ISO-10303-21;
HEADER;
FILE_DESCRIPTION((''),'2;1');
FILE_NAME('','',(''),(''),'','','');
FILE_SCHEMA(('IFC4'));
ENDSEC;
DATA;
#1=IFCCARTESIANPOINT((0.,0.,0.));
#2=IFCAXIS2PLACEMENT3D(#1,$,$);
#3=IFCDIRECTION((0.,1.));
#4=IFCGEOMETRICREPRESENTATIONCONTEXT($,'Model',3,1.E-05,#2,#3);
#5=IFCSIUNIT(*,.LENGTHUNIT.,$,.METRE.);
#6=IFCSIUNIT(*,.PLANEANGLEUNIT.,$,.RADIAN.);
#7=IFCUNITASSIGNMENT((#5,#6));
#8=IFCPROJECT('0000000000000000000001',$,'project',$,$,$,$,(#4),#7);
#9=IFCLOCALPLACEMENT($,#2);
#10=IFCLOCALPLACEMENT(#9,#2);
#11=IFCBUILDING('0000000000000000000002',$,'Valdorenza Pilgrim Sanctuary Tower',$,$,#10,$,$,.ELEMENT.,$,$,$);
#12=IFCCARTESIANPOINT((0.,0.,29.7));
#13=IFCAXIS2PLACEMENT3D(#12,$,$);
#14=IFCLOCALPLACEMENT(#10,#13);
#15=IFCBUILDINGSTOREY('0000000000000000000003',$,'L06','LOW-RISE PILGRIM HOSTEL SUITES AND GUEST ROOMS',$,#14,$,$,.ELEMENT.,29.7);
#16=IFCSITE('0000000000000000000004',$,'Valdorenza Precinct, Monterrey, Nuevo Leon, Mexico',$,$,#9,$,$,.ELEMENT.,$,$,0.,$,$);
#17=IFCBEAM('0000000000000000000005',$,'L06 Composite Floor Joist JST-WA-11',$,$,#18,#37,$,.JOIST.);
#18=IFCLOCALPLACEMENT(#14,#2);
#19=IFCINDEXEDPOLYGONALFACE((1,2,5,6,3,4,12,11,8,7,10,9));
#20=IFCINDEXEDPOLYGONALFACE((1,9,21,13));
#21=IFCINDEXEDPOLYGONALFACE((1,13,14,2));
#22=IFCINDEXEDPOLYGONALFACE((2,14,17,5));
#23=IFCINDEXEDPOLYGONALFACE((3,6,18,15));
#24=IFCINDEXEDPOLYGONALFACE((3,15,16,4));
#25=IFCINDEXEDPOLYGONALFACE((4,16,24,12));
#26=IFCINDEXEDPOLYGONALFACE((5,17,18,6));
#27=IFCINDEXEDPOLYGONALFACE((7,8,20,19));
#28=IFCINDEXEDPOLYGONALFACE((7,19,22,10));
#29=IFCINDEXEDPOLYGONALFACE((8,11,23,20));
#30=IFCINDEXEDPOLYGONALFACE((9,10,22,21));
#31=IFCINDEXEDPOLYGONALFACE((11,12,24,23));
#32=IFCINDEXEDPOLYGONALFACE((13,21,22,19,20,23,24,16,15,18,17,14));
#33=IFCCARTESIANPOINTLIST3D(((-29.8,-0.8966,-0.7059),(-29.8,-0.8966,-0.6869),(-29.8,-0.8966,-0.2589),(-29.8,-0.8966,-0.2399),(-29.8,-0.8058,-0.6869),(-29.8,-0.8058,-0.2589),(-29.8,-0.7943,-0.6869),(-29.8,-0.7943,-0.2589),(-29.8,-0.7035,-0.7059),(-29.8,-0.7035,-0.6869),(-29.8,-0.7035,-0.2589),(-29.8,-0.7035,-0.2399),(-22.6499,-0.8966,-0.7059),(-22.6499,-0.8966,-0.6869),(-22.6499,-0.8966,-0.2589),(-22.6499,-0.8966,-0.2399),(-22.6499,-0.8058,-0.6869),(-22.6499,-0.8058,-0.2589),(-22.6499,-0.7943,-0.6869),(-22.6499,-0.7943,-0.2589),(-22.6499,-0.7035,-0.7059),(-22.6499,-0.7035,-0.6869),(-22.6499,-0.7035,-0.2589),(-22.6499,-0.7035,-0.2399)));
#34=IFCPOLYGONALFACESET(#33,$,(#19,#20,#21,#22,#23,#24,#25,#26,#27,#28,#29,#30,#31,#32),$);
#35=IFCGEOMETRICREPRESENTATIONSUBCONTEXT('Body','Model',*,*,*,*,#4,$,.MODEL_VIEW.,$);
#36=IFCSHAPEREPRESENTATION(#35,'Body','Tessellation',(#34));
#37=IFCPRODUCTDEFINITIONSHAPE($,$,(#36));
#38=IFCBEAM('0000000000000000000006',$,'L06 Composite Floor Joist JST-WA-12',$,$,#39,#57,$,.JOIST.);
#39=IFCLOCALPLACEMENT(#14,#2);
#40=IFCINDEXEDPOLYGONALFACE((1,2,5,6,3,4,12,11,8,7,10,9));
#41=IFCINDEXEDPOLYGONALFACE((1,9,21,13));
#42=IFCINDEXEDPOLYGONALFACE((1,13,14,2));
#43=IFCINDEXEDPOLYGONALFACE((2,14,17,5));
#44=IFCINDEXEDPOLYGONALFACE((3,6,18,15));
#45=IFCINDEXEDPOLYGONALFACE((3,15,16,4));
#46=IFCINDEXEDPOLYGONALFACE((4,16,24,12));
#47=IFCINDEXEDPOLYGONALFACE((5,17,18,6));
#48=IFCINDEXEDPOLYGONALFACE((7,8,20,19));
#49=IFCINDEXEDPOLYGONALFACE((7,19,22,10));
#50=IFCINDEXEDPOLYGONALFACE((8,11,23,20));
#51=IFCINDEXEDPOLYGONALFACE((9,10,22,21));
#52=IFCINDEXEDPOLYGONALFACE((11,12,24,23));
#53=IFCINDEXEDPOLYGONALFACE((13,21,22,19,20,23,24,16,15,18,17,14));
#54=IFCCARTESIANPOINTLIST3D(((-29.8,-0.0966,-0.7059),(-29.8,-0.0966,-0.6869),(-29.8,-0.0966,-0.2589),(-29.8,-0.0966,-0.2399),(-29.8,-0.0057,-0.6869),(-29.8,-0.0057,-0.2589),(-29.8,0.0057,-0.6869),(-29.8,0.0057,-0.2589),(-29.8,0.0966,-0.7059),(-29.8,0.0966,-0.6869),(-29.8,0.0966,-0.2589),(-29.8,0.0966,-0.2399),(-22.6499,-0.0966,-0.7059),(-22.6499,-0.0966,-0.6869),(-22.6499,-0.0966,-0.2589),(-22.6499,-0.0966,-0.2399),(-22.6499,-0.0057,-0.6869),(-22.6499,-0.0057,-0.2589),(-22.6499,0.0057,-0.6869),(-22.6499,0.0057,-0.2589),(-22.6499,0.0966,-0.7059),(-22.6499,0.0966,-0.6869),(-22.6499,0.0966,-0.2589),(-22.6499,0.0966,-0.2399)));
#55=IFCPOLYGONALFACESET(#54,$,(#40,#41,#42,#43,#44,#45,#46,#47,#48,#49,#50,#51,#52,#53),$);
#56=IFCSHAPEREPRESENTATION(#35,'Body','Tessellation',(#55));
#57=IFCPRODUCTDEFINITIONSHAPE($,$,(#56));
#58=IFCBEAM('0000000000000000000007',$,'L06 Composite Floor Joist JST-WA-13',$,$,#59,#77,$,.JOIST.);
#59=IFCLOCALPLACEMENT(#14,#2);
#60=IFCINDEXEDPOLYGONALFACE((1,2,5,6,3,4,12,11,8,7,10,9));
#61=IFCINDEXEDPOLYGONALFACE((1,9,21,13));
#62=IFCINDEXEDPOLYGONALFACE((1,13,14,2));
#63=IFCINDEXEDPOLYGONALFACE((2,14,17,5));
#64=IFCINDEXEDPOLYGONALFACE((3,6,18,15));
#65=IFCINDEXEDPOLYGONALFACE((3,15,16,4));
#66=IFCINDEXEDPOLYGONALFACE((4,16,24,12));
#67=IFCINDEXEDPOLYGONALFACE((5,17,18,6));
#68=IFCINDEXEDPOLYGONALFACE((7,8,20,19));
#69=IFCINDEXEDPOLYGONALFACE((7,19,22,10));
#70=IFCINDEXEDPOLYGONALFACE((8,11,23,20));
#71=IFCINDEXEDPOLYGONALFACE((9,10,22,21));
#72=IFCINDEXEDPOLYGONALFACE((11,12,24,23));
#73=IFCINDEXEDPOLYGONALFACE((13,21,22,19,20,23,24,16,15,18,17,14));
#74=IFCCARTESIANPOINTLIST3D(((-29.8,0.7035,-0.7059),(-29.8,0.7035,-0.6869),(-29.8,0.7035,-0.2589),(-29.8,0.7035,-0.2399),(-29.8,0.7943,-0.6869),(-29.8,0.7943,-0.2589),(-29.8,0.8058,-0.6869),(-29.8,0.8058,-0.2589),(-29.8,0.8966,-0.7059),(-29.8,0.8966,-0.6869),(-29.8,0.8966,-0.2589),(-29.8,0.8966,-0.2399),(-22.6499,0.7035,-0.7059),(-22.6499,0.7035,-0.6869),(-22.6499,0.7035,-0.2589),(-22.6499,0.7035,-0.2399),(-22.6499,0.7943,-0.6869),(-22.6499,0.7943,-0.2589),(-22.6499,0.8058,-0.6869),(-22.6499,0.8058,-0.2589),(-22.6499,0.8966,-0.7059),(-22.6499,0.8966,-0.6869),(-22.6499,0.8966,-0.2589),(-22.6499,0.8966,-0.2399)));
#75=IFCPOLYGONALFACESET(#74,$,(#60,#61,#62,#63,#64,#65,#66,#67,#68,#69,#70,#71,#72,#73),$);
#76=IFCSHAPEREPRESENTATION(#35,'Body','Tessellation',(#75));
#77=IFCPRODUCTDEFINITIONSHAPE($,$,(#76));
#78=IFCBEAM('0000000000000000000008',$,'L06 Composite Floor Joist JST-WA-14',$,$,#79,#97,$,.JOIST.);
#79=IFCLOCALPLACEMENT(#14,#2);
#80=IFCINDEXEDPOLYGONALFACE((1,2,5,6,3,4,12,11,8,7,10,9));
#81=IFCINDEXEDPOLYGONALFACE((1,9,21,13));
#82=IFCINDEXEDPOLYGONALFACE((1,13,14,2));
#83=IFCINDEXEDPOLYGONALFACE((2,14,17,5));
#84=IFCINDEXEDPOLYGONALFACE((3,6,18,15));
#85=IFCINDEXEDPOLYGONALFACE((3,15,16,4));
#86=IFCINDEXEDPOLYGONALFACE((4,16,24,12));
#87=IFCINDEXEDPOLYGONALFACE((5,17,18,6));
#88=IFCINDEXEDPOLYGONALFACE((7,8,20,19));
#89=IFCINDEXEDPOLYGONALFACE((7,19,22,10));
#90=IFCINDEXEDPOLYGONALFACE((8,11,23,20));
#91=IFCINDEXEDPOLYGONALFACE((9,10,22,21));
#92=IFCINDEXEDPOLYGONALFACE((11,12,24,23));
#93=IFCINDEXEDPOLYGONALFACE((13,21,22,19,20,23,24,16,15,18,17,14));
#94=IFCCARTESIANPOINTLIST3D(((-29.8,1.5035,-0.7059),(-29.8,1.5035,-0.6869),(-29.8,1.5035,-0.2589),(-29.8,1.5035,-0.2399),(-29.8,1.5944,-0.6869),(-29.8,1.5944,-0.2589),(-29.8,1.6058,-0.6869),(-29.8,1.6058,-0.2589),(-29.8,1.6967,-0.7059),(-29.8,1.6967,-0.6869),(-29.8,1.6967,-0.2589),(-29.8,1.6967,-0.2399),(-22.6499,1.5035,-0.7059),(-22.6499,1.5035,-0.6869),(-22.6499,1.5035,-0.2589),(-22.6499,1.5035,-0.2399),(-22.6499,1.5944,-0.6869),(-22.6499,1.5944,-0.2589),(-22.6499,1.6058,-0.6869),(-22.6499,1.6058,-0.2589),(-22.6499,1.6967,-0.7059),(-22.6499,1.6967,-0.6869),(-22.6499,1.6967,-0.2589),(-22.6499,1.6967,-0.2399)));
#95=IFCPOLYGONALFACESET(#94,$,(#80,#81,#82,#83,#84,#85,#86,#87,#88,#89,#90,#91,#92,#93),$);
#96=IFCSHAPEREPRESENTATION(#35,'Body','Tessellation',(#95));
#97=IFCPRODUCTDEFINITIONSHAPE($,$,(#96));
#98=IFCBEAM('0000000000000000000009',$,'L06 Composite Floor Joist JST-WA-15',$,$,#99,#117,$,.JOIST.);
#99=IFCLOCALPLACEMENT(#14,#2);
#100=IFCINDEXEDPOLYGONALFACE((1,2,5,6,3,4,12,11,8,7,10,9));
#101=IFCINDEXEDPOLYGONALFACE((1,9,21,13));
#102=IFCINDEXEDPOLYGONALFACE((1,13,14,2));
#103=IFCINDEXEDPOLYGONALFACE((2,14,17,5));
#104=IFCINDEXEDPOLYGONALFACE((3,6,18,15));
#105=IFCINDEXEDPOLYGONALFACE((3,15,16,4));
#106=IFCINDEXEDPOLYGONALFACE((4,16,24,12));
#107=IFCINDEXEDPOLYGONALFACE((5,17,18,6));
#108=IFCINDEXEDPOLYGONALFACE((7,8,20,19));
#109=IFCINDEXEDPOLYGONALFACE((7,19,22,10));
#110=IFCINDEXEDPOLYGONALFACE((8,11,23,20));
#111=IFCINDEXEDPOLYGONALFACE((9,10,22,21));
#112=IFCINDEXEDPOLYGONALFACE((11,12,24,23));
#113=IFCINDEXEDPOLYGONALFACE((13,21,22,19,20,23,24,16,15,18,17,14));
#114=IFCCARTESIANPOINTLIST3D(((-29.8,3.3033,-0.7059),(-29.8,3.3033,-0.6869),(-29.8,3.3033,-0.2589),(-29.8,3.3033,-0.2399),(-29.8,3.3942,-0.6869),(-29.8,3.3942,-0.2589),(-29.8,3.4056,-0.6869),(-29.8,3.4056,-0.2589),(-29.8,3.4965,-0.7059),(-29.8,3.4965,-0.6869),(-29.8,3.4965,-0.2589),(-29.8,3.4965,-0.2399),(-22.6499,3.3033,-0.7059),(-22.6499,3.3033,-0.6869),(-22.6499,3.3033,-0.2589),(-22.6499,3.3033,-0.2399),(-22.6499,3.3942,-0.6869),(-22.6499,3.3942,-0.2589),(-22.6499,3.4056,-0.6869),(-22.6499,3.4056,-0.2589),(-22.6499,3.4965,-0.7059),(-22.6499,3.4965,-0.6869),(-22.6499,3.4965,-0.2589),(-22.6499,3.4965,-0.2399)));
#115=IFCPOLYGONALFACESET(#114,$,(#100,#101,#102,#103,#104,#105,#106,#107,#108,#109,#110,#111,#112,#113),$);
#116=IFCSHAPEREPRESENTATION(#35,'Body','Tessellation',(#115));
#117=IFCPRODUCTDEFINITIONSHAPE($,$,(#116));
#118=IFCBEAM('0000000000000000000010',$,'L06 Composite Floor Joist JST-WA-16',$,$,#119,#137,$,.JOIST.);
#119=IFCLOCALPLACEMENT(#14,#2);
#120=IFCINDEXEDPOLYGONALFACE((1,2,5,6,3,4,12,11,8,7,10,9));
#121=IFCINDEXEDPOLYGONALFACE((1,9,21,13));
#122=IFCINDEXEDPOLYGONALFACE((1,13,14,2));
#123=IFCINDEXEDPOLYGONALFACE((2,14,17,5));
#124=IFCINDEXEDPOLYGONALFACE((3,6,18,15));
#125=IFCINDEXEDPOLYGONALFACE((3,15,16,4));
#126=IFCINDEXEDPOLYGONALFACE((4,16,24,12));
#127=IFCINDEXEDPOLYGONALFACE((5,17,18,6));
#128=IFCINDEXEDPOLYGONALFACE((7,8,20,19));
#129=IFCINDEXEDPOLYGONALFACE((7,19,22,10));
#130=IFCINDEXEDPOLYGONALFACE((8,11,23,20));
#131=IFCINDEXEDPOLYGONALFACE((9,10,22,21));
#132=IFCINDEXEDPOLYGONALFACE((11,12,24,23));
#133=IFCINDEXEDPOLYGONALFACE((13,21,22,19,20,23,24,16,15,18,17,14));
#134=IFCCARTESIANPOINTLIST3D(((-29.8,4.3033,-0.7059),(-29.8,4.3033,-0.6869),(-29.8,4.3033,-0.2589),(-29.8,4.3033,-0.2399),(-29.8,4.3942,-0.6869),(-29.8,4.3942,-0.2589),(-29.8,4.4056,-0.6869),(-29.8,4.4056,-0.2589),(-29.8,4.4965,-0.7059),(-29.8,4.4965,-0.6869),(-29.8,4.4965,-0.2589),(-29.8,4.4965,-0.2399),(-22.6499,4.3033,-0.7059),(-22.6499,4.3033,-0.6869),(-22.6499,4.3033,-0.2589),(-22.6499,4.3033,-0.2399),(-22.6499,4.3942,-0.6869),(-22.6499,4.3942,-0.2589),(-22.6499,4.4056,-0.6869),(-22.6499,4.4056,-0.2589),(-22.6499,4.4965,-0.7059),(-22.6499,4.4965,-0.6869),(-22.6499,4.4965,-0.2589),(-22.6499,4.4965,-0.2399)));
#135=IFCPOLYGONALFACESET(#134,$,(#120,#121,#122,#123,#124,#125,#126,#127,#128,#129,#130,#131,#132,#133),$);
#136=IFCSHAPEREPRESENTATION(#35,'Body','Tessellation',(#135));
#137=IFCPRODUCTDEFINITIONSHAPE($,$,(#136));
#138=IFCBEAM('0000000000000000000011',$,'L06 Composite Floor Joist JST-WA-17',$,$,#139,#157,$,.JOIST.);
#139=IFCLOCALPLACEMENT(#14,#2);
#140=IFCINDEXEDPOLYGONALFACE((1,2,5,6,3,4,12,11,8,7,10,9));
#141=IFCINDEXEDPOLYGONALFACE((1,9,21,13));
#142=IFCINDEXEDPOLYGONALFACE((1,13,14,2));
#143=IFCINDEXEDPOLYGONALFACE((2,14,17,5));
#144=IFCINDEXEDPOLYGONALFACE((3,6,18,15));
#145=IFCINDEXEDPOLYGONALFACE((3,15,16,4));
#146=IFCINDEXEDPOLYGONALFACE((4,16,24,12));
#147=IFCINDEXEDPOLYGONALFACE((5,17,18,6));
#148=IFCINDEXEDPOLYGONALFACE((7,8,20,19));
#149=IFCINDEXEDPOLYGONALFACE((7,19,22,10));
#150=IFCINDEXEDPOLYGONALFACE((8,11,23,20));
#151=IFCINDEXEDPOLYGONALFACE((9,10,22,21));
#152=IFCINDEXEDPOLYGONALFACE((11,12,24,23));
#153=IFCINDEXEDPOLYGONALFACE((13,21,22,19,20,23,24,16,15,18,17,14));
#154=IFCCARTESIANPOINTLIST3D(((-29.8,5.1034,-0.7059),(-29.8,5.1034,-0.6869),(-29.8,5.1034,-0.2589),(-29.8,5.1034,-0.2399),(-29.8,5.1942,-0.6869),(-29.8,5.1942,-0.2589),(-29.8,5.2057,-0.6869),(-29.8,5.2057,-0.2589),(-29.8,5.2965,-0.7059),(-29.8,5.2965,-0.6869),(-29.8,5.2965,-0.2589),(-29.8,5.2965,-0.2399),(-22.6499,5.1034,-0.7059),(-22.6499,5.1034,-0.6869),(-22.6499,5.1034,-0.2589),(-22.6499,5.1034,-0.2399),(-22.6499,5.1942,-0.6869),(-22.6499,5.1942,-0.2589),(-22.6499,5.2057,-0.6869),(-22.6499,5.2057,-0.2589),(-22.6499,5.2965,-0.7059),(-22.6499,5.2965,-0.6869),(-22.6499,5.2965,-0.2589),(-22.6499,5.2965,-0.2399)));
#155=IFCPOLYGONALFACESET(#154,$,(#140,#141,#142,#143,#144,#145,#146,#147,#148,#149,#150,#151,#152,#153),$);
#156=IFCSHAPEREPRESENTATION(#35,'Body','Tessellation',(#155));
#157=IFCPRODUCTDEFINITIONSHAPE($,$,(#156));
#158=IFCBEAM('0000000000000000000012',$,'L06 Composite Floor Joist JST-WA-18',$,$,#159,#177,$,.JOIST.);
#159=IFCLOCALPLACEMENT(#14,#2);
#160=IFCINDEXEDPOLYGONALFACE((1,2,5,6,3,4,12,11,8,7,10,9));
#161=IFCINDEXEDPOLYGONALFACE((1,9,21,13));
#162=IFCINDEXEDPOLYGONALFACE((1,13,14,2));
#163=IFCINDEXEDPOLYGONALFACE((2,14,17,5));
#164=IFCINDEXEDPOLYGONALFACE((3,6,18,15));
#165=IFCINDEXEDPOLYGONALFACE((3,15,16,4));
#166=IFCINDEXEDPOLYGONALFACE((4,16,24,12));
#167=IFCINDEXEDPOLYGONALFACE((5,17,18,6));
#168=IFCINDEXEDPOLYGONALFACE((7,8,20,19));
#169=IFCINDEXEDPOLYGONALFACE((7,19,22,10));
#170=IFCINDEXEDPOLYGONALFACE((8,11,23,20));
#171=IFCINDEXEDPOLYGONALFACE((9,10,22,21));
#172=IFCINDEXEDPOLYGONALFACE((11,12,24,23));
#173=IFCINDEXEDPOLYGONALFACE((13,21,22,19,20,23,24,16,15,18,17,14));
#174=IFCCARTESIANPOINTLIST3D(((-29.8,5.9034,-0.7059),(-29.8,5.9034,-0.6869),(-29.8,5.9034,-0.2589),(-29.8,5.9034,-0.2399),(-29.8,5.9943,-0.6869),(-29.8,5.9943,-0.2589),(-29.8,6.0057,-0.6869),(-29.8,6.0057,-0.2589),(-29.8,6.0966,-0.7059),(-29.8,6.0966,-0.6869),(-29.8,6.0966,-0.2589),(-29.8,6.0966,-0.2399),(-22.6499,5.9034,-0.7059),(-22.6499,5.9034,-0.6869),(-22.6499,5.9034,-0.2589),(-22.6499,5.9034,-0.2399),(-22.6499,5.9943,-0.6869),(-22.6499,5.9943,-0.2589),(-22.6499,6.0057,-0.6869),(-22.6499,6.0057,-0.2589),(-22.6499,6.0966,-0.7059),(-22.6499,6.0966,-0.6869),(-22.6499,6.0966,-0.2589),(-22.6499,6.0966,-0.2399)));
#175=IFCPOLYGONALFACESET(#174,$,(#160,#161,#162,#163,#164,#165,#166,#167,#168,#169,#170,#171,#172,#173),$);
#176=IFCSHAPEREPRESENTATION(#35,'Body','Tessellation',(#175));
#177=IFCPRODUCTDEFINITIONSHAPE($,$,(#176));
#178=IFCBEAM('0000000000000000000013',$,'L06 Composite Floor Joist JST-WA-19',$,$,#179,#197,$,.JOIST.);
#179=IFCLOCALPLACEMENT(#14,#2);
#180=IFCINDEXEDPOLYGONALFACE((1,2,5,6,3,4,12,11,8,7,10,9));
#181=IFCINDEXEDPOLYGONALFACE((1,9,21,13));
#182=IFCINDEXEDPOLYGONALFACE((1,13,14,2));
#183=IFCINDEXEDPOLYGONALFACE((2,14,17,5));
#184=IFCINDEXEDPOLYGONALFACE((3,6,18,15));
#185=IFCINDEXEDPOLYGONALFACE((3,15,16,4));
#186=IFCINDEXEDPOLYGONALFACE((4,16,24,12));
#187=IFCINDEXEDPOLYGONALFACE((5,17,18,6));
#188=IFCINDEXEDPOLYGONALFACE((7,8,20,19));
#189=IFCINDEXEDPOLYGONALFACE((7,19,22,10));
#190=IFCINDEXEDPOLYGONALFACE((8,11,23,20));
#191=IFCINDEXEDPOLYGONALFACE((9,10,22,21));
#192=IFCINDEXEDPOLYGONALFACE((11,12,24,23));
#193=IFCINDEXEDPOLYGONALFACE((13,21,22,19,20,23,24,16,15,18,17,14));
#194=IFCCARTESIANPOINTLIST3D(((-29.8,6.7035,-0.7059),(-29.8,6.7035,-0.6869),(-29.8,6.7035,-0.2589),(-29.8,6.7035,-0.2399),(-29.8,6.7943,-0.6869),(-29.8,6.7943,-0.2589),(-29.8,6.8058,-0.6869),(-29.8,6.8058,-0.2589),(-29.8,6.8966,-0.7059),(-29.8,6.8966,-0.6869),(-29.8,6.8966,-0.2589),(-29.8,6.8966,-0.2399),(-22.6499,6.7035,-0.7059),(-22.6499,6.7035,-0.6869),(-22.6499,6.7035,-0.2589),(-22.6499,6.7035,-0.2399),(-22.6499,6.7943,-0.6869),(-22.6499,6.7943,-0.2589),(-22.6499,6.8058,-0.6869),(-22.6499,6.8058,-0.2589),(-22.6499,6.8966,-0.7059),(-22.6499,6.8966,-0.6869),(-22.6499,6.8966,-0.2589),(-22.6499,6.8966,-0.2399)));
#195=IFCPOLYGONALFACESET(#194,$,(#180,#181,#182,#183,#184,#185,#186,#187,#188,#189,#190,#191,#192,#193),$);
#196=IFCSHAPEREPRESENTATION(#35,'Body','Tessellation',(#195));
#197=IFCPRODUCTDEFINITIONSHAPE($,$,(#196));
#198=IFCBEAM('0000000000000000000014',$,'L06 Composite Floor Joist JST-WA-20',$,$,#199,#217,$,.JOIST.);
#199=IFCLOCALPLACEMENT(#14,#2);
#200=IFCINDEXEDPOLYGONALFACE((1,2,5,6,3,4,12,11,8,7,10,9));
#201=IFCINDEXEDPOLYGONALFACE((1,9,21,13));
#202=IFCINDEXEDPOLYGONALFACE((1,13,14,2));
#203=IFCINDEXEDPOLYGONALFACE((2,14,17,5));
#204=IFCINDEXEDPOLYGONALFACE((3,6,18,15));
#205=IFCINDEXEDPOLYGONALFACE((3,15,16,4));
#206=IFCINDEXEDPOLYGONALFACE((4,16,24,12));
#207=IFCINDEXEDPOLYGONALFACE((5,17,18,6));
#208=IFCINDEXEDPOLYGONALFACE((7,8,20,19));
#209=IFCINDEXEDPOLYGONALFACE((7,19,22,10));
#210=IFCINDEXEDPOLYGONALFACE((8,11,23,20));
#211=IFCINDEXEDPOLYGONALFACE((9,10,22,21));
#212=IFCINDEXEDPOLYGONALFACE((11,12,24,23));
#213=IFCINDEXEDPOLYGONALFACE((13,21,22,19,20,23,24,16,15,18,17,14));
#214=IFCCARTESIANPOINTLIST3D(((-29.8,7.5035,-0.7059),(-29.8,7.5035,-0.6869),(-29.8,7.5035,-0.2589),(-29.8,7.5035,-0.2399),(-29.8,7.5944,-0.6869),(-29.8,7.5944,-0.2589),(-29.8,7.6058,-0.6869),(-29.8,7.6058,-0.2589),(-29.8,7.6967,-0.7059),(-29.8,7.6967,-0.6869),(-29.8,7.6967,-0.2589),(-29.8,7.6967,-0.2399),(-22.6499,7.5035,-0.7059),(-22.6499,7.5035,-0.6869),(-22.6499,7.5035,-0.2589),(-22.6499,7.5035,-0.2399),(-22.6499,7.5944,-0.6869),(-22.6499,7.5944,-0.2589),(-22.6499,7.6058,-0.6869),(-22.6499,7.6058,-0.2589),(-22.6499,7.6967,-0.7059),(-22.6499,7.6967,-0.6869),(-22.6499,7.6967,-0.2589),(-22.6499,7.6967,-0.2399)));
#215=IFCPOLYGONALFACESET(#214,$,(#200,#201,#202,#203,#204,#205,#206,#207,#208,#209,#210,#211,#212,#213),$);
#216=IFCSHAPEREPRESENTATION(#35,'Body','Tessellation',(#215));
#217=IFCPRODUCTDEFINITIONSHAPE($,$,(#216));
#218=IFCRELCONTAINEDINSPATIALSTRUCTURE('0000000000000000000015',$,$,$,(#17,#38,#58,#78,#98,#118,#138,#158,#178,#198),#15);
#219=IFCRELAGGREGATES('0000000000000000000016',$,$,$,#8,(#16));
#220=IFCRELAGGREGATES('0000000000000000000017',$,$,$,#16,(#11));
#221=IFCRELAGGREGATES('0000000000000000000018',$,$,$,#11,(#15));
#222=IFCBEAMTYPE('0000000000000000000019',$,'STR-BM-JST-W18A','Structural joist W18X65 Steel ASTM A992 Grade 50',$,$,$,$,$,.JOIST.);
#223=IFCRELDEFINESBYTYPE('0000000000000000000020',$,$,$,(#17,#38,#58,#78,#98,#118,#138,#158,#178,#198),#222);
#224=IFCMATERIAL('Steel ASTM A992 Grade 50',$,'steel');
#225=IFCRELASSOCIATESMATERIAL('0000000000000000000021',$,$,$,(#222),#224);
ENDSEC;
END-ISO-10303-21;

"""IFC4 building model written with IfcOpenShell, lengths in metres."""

from ifc_helpers import new_model, si_unit, direction, frame, origin, origin_2d, place, context, subcontext, project, spatial, i_section, extrude, source, transform, mapped, material, material_profile, profile_set, type_object, element, save


model = new_model("IFC4")

# Units and contexts
model_context = context("Model", 3, precision=1e-05, world=origin(), true_north=direction((0.0, 1.0)))
body_context = subcontext(model_context, "Body", "Model", "MODEL_VIEW")
ifc_project = project(units=[si_unit("LENGTHUNIT", "METRE"), si_unit("PLANEANGLEUNIT", "RADIAN")], contexts=[model_context])

# Site, building, storey
site_placement = place(None, origin())
site = spatial("IfcSite", under=ifc_project, at=site_placement, Name="Valdorenza Precinct, Monterrey, Nuevo Leon, Mexico", CompositionType="ELEMENT", RefElevation=0.0)
building_placement = place(site_placement, origin())
building = spatial("IfcBuilding", under=site, at=building_placement, Name="Valdorenza Pilgrim Sanctuary Tower", CompositionType="ELEMENT")
storey_placement = place(building_placement, frame((0.0, 0.0, 29.7)))
storey = spatial("IfcBuildingStorey", under=building, at=storey_placement, Name="L06", Description="LOW-RISE PILGRIM HOSTEL SUITES AND GUEST ROOMS", CompositionType="ELEMENT", Elevation=29.7)

# Beams
ifc_material_1 = material(Name="Steel ASTM A992 Grade 50", Category="steel")
ifc_material_profile_1 = material_profile(ifc_material_1, i_section(OverallWidth=0.1931, OverallDepth=0.4661, WebThickness=0.0115, FlangeThickness=0.019, at=origin_2d()), Name="W18X65")
ifc_profile_set_1 = profile_set([ifc_material_profile_1], Name="Steel ASTM A992 Grade 50")
beam_type = type_object("IfcBeamType", Name="STR-BM-JST-W18A", Description="Structural joist W18X65 Steel ASTM A992 Grade 50", PredefinedType="JOIST", material=ifc_profile_set_1)
shared_shape_1 = source(origin(), body_context, "Body", "SweptSolid", [
    extrude(i_section(OverallWidth=0.1931, OverallDepth=0.4661, WebThickness=0.0115, FlangeThickness=0.019, at=origin_2d()), origin(), (0.0, 0.0, 1.0), 7.1501),
])
for number, where, z_axis, x_axis, name in (
    (1, (-29.8, -0.8, -0.4729), (1.0, 0.0, 0.0), (0.0, 1.0, 0.0), "L06 Composite Floor Joist JST-WA-11"),
    (2, (-29.8, 0.0, -0.4729), (1.0, 0.0, 0.0), (0.0, 1.0, 0.0), "L06 Composite Floor Joist JST-WA-12"),
    (3, (-29.8, 0.8, -0.4729), (1.0, 0.0, 0.0), (0.0, 1.0, 0.0), "L06 Composite Floor Joist JST-WA-13"),
    (4, (-29.8, 1.6001, -0.4729), (1.0, 0.0, 0.0), (0.0, 1.0, 0.0), "L06 Composite Floor Joist JST-WA-14"),
    (5, (-29.8, 3.3999, -0.4729), (1.0, 0.0, 0.0), (0.0, 1.0, 0.0), "L06 Composite Floor Joist JST-WA-15"),
    (6, (-29.8, 4.3999, -0.4729), (1.0, 0.0, 0.0), (0.0, 1.0, 0.0), "L06 Composite Floor Joist JST-WA-16"),
    (7, (-29.8, 5.2, -0.4729), (1.0, 0.0, 0.0), (0.0, 1.0, 0.0), "L06 Composite Floor Joist JST-WA-17"),
    (8, (-29.8, 6.0, -0.4729), (1.0, 0.0, 0.0), (0.0, 1.0, 0.0), "L06 Composite Floor Joist JST-WA-18"),
    (9, (-29.8, 6.8, -0.4729), (1.0, 0.0, 0.0), (0.0, 1.0, 0.0), "L06 Composite Floor Joist JST-WA-19"),
    (10, (-29.8, 7.6001, -0.4729), (1.0, 0.0, 0.0), (0.0, 1.0, 0.0), "L06 Composite Floor Joist JST-WA-20"),
):
    element("IfcBeam", number, at=place(storey_placement, frame(where, z_axis=z_axis, x_axis=x_axis)), inside=storey, type_object=beam_type, Name=name, PredefinedType="JOIST", context=body_context, shape_type="MappedRepresentation", body=[
        mapped(shared_shape_1, transform((0.0, 0.0, 0.0), x_axis=(1.0, 0.0, 0.0), y_axis=(0.0, 1.0, 0.0), z_axis=(0.0, 0.0, 1.0), scale=1.0)),
    ])

save(model, "model.ifc")
